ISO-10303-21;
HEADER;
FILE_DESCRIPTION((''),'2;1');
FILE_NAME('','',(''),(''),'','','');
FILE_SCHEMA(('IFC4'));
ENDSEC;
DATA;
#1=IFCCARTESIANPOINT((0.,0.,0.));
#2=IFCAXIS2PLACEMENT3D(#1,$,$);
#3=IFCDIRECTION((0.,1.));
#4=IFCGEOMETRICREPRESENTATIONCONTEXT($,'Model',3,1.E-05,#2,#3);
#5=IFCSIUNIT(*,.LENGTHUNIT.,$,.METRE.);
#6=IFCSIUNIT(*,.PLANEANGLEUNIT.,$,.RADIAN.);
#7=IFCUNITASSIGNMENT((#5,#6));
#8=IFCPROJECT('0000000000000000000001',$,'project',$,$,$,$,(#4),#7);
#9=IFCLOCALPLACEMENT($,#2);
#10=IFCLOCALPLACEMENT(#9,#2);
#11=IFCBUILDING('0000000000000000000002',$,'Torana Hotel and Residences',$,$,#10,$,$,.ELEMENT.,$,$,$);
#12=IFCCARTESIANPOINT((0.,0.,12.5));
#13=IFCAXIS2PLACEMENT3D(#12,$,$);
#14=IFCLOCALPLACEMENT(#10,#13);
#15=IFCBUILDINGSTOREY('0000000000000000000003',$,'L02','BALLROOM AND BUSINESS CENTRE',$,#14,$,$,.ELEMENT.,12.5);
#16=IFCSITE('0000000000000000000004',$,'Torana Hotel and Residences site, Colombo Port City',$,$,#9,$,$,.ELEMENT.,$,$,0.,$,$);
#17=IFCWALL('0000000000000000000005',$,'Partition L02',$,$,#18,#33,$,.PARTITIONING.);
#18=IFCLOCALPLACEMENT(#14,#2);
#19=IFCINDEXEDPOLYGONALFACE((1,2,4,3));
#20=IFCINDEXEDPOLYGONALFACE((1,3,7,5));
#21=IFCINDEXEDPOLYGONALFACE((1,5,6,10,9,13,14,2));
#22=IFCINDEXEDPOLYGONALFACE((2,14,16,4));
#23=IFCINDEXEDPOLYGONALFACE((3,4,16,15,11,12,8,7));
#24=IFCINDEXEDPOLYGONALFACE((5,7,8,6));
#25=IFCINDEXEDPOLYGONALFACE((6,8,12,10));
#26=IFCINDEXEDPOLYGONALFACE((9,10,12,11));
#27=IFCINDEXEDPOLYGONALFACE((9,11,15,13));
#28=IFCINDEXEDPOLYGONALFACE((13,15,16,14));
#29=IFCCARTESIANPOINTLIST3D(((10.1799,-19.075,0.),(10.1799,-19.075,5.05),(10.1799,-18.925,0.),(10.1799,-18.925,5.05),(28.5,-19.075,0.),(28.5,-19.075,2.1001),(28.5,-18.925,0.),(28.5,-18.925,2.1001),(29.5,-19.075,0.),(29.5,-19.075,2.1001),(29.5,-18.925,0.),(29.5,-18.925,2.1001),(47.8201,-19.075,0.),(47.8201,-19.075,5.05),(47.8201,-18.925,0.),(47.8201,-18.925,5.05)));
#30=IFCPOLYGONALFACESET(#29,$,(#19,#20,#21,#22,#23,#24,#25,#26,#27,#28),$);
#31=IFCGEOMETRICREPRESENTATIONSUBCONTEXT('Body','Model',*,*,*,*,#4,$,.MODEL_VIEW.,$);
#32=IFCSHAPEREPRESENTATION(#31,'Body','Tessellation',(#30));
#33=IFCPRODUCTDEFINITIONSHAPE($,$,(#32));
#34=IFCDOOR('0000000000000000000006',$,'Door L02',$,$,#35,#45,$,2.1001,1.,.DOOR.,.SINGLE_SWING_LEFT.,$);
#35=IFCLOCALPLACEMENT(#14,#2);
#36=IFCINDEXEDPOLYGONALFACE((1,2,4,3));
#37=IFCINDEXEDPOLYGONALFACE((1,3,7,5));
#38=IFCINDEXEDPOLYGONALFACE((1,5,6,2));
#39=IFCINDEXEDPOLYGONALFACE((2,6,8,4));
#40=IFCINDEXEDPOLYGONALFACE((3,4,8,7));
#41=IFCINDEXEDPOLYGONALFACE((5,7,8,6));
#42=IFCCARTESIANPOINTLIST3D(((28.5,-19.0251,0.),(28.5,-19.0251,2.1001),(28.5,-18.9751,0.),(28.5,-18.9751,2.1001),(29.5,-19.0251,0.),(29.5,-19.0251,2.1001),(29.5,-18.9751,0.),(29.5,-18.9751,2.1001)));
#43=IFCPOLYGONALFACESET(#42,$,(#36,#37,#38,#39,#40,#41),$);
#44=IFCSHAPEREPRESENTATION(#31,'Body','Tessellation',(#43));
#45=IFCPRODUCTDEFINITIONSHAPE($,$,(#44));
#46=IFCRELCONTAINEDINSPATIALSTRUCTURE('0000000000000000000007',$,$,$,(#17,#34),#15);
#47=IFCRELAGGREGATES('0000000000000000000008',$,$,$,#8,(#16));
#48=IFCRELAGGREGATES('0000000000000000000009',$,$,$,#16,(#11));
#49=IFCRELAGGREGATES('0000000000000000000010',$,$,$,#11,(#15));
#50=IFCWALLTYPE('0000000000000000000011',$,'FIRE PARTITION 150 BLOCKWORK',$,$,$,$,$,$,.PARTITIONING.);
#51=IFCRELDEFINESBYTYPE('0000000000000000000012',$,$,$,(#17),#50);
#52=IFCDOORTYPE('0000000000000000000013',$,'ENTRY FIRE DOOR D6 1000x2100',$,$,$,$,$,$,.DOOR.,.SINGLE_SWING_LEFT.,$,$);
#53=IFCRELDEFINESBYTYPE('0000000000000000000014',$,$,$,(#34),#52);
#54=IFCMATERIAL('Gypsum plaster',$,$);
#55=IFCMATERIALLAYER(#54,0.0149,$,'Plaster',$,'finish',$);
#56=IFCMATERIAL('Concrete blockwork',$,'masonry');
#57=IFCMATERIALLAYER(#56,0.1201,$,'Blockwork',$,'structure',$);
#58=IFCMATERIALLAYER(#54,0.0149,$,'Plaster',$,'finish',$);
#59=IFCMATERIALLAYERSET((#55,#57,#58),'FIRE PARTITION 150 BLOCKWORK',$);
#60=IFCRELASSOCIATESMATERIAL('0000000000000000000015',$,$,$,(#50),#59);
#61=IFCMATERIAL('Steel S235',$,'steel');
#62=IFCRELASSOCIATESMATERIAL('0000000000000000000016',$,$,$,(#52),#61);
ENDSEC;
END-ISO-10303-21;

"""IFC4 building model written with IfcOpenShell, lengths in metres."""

from ifc_helpers import new_model, si_unit, direction, frame, frame_2d, origin, place, context, subcontext, project, spatial, rectangle, extrude, material, layer, layer_set, type_object, element, fill, save


model = new_model("IFC4")

# Units and contexts
model_context = context("Model", 3, precision=1e-05, world=origin(), true_north=direction((0.0, 1.0)))
body_context = subcontext(model_context, "Body", "Model", "MODEL_VIEW")
ifc_project = project(units=[si_unit("LENGTHUNIT", "METRE"), si_unit("PLANEANGLEUNIT", "RADIAN")], contexts=[model_context])

# Site, building, storey
site_placement = place(None, origin())
site = spatial("IfcSite", under=ifc_project, at=site_placement, Name="Torana Hotel and Residences site, Colombo Port City", CompositionType="ELEMENT", RefElevation=0.0)
building_placement = place(site_placement, origin())
building = spatial("IfcBuilding", under=site, at=building_placement, Name="Torana Hotel and Residences", CompositionType="ELEMENT")
storey_placement = place(building_placement, frame((0.0, 0.0, 12.5)))
storey = spatial("IfcBuildingStorey", under=building, at=storey_placement, Name="L02", Description="BALLROOM AND BUSINESS CENTRE", CompositionType="ELEMENT", Elevation=12.5)

# Wall, opening, door
ifc_material_1 = material(Name="Gypsum plaster")
ifc_layer_1 = layer(ifc_material_1, 0.0149, Name="Plaster", Category="finish")
ifc_material_2 = material(Name="Concrete blockwork", Category="masonry")
ifc_layer_2 = layer(ifc_material_2, 0.1201, Name="Blockwork", Category="structure")
ifc_layer_3 = layer(ifc_material_1, 0.0149, Name="Plaster", Category="finish")
ifc_layer_set_1 = layer_set([ifc_layer_1, ifc_layer_2, ifc_layer_3], Name="FIRE PARTITION 150 BLOCKWORK")
wall_type_1 = type_object("IfcWallType", Name="FIRE PARTITION 150 BLOCKWORK", PredefinedType="PARTITIONING", material=ifc_layer_set_1)
wall_1_placement = place(storey_placement, frame((10.1799, -19.0, 0.0), z_axis=(0.0, 0.0, 1.0), x_axis=(1.0, 0.0, 0.0)))
wall_1 = element("IfcWall", 1, at=wall_1_placement, inside=storey, type_object=wall_type_1, Name="Partition L02", PredefinedType="PARTITIONING", context=body_context, shape_type="SweptSolid", body=[
    extrude(rectangle(XDim=37.6401, YDim=0.1499, at=frame_2d((18.8201, 0.0))), origin(), (0.0, 0.0, 1.0), 5.05),
])
opening_1_placement = place(wall_1_placement, frame((18.3201, 0.0, 0.0)))
opening_1 = element("IfcOpeningElement", 2, at=opening_1_placement, cuts=wall_1, PredefinedType="OPENING", context=body_context, shape_type="SweptSolid", body=[
    extrude(rectangle(XDim=1.0, YDim=2.1001, at=frame_2d((0.5, 1.05))), frame((0.0, 0.085, 0.0), z_axis=(0.0, -1.0, 0.0), x_axis=(1.0, 0.0, 0.0)), (0.0, 0.0, 1.0), 0.1699),
])
ifc_material_3 = material(Name="Steel S235", Category="steel")
door_type_1 = type_object("IfcDoorType", Name="ENTRY FIRE DOOR D6 1000x2100", OperationType="SINGLE_SWING_LEFT", PredefinedType="DOOR", material=ifc_material_3)
door_1_placement = place(opening_1_placement, frame((0.5, 0.0, 0.0), z_axis=(0.0, 0.0, 1.0), x_axis=(-1.0, 0.0, 0.0)))
door_1 = element("IfcDoor", 3, at=door_1_placement, inside=storey, type_object=door_type_1, Name="Door L02", OperationType="SINGLE_SWING_LEFT", OverallHeight=2.1001, OverallWidth=1.0, PredefinedType="DOOR", context=body_context, shape_type="SweptSolid", body=[
    extrude(rectangle(XDim=1.0, YDim=2.1001, at=frame_2d((0.0, 1.05))), frame((0.0, -0.0249, 0.0), z_axis=(0.0, 1.0, 0.0), x_axis=(-1.0, 0.0, 0.0)), (0.0, 0.0, 1.0), 0.05),
])
fill(opening_1, door_1)

save(model, "model.ifc")
